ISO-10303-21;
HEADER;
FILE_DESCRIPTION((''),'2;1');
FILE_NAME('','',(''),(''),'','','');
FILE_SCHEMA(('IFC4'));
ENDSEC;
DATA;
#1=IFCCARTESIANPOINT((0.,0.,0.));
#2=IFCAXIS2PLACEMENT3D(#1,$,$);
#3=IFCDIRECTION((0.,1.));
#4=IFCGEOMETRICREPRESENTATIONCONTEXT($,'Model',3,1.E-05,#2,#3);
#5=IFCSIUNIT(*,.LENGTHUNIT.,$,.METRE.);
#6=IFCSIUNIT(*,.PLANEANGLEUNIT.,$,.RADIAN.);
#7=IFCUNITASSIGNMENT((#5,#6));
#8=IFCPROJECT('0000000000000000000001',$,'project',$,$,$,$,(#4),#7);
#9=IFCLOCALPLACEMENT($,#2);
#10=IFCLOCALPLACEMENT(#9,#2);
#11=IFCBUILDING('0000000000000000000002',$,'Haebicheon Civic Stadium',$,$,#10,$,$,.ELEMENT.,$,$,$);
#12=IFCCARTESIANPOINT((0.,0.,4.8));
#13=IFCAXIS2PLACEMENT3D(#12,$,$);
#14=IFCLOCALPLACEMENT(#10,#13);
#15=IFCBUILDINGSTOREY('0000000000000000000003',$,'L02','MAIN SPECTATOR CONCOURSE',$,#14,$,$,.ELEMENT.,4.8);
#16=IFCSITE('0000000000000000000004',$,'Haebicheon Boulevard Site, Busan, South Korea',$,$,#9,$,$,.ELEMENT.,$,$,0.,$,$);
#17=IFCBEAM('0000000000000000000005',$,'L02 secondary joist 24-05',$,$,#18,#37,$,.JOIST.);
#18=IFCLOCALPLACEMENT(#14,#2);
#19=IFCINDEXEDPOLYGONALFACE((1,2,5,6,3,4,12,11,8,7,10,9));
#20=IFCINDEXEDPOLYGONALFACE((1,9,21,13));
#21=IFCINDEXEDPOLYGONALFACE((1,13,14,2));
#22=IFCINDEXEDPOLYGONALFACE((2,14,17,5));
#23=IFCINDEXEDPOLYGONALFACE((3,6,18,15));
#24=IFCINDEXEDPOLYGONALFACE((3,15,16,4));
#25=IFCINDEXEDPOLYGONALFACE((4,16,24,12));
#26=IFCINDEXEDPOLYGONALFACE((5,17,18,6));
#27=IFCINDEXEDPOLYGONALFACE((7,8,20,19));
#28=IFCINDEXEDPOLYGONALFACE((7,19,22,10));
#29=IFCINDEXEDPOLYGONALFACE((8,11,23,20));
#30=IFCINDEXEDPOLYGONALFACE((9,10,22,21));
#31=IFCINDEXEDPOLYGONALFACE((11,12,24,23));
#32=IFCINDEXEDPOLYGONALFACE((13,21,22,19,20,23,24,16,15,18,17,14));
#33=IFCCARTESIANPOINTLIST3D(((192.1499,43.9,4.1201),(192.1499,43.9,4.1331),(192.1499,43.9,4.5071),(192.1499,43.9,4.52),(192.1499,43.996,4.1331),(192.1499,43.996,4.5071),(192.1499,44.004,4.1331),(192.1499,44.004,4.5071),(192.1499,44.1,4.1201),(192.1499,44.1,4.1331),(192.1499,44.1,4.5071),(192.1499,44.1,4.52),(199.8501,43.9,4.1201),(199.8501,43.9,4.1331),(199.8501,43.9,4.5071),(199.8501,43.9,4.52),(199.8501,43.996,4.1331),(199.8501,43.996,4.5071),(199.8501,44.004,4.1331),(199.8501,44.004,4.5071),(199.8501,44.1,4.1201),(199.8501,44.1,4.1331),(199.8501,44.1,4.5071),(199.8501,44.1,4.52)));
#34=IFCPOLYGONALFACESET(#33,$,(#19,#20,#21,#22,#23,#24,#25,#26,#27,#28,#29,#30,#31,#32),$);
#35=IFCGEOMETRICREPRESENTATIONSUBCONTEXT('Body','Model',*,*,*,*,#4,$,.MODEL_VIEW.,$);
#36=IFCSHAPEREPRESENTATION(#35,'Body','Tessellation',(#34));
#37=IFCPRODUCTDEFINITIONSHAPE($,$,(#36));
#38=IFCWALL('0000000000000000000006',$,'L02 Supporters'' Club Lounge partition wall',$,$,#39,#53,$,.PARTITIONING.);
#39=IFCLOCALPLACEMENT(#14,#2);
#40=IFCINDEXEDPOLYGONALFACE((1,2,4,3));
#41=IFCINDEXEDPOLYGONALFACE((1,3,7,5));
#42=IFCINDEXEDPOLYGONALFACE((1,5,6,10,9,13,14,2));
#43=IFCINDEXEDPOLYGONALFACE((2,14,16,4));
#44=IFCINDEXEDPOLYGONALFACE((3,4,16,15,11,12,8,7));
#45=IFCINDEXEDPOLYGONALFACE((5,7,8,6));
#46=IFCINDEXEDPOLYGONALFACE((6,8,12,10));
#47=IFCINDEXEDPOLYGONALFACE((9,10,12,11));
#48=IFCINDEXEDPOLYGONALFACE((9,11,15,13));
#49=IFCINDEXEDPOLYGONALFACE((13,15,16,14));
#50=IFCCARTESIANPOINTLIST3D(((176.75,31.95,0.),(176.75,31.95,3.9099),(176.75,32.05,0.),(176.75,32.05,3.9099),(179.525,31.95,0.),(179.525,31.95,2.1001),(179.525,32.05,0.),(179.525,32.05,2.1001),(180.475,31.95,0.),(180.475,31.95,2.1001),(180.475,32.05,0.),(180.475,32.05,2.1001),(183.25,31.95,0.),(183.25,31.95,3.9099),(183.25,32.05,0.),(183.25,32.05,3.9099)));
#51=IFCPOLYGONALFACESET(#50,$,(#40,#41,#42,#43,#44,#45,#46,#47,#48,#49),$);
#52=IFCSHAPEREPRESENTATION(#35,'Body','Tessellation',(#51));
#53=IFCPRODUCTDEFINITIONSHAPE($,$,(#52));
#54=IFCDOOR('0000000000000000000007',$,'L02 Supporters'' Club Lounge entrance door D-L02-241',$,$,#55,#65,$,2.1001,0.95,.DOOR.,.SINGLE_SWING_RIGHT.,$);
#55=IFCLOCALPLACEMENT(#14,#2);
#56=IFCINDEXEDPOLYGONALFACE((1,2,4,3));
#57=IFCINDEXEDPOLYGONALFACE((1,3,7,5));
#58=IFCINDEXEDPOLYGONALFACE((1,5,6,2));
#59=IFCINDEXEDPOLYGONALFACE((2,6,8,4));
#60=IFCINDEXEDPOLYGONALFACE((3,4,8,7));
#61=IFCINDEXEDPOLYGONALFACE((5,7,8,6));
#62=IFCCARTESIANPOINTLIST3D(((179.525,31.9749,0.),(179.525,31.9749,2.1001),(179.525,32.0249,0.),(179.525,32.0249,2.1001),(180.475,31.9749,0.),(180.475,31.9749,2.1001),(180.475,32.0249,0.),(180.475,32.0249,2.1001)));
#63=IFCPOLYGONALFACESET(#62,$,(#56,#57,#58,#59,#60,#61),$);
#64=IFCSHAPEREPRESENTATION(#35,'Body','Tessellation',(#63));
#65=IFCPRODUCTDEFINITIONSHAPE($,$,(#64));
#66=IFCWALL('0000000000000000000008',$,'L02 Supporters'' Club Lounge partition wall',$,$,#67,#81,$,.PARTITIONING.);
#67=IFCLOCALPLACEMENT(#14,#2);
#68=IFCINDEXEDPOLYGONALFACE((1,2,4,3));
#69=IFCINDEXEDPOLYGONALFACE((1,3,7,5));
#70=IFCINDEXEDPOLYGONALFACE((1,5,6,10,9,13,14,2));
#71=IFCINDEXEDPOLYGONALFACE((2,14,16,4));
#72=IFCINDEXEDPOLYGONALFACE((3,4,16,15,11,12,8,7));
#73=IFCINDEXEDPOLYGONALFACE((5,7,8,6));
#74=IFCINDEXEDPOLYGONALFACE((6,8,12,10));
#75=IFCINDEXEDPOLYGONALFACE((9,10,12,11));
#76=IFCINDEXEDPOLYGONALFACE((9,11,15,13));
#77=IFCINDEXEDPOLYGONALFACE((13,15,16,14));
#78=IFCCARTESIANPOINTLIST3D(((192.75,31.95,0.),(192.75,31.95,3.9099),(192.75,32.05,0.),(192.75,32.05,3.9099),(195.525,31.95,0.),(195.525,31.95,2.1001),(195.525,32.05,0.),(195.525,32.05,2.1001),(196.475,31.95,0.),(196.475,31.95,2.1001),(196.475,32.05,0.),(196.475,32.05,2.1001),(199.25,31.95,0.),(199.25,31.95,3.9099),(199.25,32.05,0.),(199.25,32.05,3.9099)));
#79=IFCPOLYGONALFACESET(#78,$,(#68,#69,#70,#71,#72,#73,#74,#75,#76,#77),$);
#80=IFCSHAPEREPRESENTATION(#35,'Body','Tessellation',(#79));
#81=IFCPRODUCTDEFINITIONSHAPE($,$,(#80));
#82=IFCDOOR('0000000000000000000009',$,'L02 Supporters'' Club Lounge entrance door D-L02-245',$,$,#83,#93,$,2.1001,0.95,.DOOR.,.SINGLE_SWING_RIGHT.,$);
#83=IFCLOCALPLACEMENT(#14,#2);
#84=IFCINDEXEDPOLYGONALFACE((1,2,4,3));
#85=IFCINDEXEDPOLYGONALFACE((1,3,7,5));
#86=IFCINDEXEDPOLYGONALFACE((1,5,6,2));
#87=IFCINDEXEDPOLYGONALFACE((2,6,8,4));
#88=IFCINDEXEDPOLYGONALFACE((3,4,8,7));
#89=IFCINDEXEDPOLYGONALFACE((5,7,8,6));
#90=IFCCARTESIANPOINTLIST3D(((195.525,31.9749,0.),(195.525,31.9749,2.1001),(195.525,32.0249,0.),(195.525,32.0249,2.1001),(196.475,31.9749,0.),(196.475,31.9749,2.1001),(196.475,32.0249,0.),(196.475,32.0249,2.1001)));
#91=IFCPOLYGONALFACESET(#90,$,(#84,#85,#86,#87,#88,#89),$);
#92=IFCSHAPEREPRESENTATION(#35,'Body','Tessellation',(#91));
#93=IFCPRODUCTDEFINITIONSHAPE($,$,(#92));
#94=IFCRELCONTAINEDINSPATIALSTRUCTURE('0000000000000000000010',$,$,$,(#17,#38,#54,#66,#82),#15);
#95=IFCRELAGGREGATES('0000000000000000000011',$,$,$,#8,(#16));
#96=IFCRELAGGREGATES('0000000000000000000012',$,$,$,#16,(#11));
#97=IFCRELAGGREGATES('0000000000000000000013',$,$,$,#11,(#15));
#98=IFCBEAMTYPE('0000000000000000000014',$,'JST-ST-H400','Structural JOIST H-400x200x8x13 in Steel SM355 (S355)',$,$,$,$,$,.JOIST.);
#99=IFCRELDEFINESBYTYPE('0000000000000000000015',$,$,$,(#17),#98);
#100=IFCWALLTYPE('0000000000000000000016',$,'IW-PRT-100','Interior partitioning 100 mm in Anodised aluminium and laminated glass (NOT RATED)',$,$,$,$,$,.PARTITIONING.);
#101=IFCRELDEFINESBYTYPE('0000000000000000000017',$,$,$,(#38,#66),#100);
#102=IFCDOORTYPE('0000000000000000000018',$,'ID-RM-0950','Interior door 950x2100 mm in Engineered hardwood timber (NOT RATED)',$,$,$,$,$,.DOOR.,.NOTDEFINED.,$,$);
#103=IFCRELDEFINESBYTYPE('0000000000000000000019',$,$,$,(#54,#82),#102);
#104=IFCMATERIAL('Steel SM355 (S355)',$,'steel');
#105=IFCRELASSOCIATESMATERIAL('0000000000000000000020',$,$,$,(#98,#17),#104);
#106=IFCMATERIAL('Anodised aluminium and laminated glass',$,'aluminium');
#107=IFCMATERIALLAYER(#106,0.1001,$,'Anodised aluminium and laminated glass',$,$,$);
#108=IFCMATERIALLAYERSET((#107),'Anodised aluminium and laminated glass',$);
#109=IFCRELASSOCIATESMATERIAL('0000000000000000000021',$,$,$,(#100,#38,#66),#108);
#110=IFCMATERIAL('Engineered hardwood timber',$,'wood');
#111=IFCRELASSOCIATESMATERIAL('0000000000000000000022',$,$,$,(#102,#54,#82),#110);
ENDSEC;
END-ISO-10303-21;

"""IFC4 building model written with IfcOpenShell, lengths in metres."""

from ifc_helpers import new_model, si_unit, direction, frame, frame_2d, origin, origin_2d, place, context, subcontext, project, spatial, rectangle, i_section, extrude, material, layer, layer_set, material_profile, profile_set, type_object, element, fill, save


model = new_model("IFC4")

# Units and contexts
model_context = context("Model", 3, precision=1e-05, world=origin(), true_north=direction((0.0, 1.0)))
body_context = subcontext(model_context, "Body", "Model", "MODEL_VIEW")
ifc_project = project(units=[si_unit("LENGTHUNIT", "METRE"), si_unit("PLANEANGLEUNIT", "RADIAN")], contexts=[model_context])

# Site, building, storey
site_placement = place(None, origin())
site = spatial("IfcSite", under=ifc_project, at=site_placement, Name="Haebicheon Boulevard Site, Busan, South Korea", CompositionType="ELEMENT", RefElevation=0.0)
building_placement = place(site_placement, origin())
building = spatial("IfcBuilding", under=site, at=building_placement, Name="Haebicheon Civic Stadium", CompositionType="ELEMENT")
storey_placement = place(building_placement, frame((0.0, 0.0, 4.8)))
storey = spatial("IfcBuildingStorey", under=building, at=storey_placement, Name="L02", Description="MAIN SPECTATOR CONCOURSE", CompositionType="ELEMENT", Elevation=4.8)

# Beam
ifc_material_1 = material(Name="Steel SM355 (S355)", Category="steel")
ifc_material_profile_1 = material_profile(ifc_material_1, i_section(OverallWidth=0.2, OverallDepth=0.3999, WebThickness=0.0081, FlangeThickness=0.0129, at=origin_2d()), Name="H-400x200x8x13")
ifc_profile_set_1 = profile_set([ifc_material_profile_1], Name="Steel SM355 (S355)")
beam_type_1 = type_object("IfcBeamType", Name="JST-ST-H400", Description="Structural JOIST H-400x200x8x13 in Steel SM355 (S355)", PredefinedType="JOIST", material=ifc_profile_set_1)
for number, where, z_axis, x_axis, name in (
    (1, (192.1499, 44.0, 4.3201), (1.0, 0.0, 0.0), (0.0, 1.0, 0.0), "L02 secondary joist 24-05"),
):
    element("IfcBeam", number, at=place(storey_placement, frame(where, z_axis=z_axis, x_axis=x_axis)), inside=storey, type_object=beam_type_1, material=ifc_profile_set_1, Name=name, PredefinedType="JOIST", context=body_context, shape_type="SweptSolid", body=[
        extrude(i_section(OverallWidth=0.2, OverallDepth=0.3999, WebThickness=0.0081, FlangeThickness=0.0129, at=origin_2d()), origin(), (0.0, 0.0, 1.0), 7.7002),
    ])

# Walls, openings, doors
ifc_material_2 = material(Name="Anodised aluminium and laminated glass", Category="aluminium")
ifc_layer = layer(ifc_material_2, 0.1001, Name="Anodised aluminium and laminated glass")
ifc_layer_set = layer_set([ifc_layer], Name="Anodised aluminium and laminated glass")
wall_type = type_object("IfcWallType", Name="IW-PRT-100", Description="Interior partitioning 100 mm in Anodised aluminium and laminated glass (NOT RATED)", PredefinedType="PARTITIONING", material=ifc_layer_set)
wall_1_placement = place(storey_placement, frame((176.75, 32.0, 0.0), z_axis=(0.0, 0.0, 1.0), x_axis=(1.0, 0.0, 0.0)))
wall_1 = element("IfcWall", 2, at=wall_1_placement, inside=storey, type_object=wall_type, material=ifc_layer_set, Name="L02 Supporters' Club Lounge partition wall", PredefinedType="PARTITIONING", context=body_context, shape_type="SweptSolid", body=[
    extrude(rectangle(XDim=6.5, YDim=0.1001, at=frame_2d((3.25, 0.0))), origin(), (0.0, 0.0, 1.0), 3.9099),
])
opening_1_placement = place(wall_1_placement, frame((2.7749, 0.0, 0.0)))
opening_1 = element("IfcOpeningElement", 3, at=opening_1_placement, cuts=wall_1, PredefinedType="OPENING", context=body_context, shape_type="SweptSolid", body=[
    extrude(rectangle(XDim=0.95, YDim=2.1001, at=frame_2d((0.4751, 1.05))), frame((0.0, 0.0601, 0.0), z_axis=(0.0, -1.0, 0.0), x_axis=(1.0, 0.0, 0.0)), (0.0, 0.0, 1.0), 0.1201),
])
ifc_material_3 = material(Name="Engineered hardwood timber", Category="wood")
door_type = type_object("IfcDoorType", Name="ID-RM-0950", Description="Interior door 950x2100 mm in Engineered hardwood timber (NOT RATED)", OperationType="NOTDEFINED", PredefinedType="DOOR", material=ifc_material_3)
door_1_placement = place(opening_1_placement, origin())
door_1 = element("IfcDoor", 4, at=door_1_placement, inside=storey, type_object=door_type, material=ifc_material_3, Name="L02 Supporters' Club Lounge entrance door D-L02-241", OperationType="SINGLE_SWING_RIGHT", OverallHeight=2.1001, OverallWidth=0.95, PredefinedType="DOOR", context=body_context, shape_type="SweptSolid", body=[
    extrude(rectangle(XDim=0.95, YDim=2.1001, at=frame_2d((0.4751, 1.05))), frame((0.0, 0.0249, 0.0), z_axis=(0.0, -1.0, 0.0), x_axis=(1.0, 0.0, 0.0)), (0.0, 0.0, 1.0), 0.05),
])
fill(opening_1, door_1)
wall_2_placement = place(storey_placement, frame((192.75, 32.0, 0.0), z_axis=(0.0, 0.0, 1.0), x_axis=(1.0, 0.0, 0.0)))
wall_2 = element("IfcWall", 5, at=wall_2_placement, inside=storey, type_object=wall_type, material=ifc_layer_set, Name="L02 Supporters' Club Lounge partition wall", PredefinedType="PARTITIONING", context=body_context, shape_type="SweptSolid", body=[
    extrude(rectangle(XDim=6.5, YDim=0.1001, at=frame_2d((3.25, 0.0))), origin(), (0.0, 0.0, 1.0), 3.9099),
])
opening_2_placement = place(wall_2_placement, frame((2.7749, 0.0, 0.0)))
opening_2 = element("IfcOpeningElement", 6, at=opening_2_placement, cuts=wall_2, PredefinedType="OPENING", context=body_context, shape_type="SweptSolid", body=[
    extrude(rectangle(XDim=0.95, YDim=2.1001, at=frame_2d((0.4751, 1.05))), frame((0.0, 0.0601, 0.0), z_axis=(0.0, -1.0, 0.0), x_axis=(1.0, 0.0, 0.0)), (0.0, 0.0, 1.0), 0.1201),
])
door_2_placement = place(opening_2_placement, origin())
door_2 = element("IfcDoor", 7, at=door_2_placement, inside=storey, type_object=door_type, material=ifc_material_3, Name="L02 Supporters' Club Lounge entrance door D-L02-245", OperationType="SINGLE_SWING_RIGHT", OverallHeight=2.1001, OverallWidth=0.95, PredefinedType="DOOR", context=body_context, shape_type="SweptSolid", body=[
    extrude(rectangle(XDim=0.95, YDim=2.1001, at=frame_2d((0.4751, 1.05))), frame((0.0, 0.0249, 0.0), z_axis=(0.0, -1.0, 0.0), x_axis=(1.0, 0.0, 0.0)), (0.0, 0.0, 1.0), 0.05),
])
fill(opening_2, door_2)

save(model, "model.ifc")
